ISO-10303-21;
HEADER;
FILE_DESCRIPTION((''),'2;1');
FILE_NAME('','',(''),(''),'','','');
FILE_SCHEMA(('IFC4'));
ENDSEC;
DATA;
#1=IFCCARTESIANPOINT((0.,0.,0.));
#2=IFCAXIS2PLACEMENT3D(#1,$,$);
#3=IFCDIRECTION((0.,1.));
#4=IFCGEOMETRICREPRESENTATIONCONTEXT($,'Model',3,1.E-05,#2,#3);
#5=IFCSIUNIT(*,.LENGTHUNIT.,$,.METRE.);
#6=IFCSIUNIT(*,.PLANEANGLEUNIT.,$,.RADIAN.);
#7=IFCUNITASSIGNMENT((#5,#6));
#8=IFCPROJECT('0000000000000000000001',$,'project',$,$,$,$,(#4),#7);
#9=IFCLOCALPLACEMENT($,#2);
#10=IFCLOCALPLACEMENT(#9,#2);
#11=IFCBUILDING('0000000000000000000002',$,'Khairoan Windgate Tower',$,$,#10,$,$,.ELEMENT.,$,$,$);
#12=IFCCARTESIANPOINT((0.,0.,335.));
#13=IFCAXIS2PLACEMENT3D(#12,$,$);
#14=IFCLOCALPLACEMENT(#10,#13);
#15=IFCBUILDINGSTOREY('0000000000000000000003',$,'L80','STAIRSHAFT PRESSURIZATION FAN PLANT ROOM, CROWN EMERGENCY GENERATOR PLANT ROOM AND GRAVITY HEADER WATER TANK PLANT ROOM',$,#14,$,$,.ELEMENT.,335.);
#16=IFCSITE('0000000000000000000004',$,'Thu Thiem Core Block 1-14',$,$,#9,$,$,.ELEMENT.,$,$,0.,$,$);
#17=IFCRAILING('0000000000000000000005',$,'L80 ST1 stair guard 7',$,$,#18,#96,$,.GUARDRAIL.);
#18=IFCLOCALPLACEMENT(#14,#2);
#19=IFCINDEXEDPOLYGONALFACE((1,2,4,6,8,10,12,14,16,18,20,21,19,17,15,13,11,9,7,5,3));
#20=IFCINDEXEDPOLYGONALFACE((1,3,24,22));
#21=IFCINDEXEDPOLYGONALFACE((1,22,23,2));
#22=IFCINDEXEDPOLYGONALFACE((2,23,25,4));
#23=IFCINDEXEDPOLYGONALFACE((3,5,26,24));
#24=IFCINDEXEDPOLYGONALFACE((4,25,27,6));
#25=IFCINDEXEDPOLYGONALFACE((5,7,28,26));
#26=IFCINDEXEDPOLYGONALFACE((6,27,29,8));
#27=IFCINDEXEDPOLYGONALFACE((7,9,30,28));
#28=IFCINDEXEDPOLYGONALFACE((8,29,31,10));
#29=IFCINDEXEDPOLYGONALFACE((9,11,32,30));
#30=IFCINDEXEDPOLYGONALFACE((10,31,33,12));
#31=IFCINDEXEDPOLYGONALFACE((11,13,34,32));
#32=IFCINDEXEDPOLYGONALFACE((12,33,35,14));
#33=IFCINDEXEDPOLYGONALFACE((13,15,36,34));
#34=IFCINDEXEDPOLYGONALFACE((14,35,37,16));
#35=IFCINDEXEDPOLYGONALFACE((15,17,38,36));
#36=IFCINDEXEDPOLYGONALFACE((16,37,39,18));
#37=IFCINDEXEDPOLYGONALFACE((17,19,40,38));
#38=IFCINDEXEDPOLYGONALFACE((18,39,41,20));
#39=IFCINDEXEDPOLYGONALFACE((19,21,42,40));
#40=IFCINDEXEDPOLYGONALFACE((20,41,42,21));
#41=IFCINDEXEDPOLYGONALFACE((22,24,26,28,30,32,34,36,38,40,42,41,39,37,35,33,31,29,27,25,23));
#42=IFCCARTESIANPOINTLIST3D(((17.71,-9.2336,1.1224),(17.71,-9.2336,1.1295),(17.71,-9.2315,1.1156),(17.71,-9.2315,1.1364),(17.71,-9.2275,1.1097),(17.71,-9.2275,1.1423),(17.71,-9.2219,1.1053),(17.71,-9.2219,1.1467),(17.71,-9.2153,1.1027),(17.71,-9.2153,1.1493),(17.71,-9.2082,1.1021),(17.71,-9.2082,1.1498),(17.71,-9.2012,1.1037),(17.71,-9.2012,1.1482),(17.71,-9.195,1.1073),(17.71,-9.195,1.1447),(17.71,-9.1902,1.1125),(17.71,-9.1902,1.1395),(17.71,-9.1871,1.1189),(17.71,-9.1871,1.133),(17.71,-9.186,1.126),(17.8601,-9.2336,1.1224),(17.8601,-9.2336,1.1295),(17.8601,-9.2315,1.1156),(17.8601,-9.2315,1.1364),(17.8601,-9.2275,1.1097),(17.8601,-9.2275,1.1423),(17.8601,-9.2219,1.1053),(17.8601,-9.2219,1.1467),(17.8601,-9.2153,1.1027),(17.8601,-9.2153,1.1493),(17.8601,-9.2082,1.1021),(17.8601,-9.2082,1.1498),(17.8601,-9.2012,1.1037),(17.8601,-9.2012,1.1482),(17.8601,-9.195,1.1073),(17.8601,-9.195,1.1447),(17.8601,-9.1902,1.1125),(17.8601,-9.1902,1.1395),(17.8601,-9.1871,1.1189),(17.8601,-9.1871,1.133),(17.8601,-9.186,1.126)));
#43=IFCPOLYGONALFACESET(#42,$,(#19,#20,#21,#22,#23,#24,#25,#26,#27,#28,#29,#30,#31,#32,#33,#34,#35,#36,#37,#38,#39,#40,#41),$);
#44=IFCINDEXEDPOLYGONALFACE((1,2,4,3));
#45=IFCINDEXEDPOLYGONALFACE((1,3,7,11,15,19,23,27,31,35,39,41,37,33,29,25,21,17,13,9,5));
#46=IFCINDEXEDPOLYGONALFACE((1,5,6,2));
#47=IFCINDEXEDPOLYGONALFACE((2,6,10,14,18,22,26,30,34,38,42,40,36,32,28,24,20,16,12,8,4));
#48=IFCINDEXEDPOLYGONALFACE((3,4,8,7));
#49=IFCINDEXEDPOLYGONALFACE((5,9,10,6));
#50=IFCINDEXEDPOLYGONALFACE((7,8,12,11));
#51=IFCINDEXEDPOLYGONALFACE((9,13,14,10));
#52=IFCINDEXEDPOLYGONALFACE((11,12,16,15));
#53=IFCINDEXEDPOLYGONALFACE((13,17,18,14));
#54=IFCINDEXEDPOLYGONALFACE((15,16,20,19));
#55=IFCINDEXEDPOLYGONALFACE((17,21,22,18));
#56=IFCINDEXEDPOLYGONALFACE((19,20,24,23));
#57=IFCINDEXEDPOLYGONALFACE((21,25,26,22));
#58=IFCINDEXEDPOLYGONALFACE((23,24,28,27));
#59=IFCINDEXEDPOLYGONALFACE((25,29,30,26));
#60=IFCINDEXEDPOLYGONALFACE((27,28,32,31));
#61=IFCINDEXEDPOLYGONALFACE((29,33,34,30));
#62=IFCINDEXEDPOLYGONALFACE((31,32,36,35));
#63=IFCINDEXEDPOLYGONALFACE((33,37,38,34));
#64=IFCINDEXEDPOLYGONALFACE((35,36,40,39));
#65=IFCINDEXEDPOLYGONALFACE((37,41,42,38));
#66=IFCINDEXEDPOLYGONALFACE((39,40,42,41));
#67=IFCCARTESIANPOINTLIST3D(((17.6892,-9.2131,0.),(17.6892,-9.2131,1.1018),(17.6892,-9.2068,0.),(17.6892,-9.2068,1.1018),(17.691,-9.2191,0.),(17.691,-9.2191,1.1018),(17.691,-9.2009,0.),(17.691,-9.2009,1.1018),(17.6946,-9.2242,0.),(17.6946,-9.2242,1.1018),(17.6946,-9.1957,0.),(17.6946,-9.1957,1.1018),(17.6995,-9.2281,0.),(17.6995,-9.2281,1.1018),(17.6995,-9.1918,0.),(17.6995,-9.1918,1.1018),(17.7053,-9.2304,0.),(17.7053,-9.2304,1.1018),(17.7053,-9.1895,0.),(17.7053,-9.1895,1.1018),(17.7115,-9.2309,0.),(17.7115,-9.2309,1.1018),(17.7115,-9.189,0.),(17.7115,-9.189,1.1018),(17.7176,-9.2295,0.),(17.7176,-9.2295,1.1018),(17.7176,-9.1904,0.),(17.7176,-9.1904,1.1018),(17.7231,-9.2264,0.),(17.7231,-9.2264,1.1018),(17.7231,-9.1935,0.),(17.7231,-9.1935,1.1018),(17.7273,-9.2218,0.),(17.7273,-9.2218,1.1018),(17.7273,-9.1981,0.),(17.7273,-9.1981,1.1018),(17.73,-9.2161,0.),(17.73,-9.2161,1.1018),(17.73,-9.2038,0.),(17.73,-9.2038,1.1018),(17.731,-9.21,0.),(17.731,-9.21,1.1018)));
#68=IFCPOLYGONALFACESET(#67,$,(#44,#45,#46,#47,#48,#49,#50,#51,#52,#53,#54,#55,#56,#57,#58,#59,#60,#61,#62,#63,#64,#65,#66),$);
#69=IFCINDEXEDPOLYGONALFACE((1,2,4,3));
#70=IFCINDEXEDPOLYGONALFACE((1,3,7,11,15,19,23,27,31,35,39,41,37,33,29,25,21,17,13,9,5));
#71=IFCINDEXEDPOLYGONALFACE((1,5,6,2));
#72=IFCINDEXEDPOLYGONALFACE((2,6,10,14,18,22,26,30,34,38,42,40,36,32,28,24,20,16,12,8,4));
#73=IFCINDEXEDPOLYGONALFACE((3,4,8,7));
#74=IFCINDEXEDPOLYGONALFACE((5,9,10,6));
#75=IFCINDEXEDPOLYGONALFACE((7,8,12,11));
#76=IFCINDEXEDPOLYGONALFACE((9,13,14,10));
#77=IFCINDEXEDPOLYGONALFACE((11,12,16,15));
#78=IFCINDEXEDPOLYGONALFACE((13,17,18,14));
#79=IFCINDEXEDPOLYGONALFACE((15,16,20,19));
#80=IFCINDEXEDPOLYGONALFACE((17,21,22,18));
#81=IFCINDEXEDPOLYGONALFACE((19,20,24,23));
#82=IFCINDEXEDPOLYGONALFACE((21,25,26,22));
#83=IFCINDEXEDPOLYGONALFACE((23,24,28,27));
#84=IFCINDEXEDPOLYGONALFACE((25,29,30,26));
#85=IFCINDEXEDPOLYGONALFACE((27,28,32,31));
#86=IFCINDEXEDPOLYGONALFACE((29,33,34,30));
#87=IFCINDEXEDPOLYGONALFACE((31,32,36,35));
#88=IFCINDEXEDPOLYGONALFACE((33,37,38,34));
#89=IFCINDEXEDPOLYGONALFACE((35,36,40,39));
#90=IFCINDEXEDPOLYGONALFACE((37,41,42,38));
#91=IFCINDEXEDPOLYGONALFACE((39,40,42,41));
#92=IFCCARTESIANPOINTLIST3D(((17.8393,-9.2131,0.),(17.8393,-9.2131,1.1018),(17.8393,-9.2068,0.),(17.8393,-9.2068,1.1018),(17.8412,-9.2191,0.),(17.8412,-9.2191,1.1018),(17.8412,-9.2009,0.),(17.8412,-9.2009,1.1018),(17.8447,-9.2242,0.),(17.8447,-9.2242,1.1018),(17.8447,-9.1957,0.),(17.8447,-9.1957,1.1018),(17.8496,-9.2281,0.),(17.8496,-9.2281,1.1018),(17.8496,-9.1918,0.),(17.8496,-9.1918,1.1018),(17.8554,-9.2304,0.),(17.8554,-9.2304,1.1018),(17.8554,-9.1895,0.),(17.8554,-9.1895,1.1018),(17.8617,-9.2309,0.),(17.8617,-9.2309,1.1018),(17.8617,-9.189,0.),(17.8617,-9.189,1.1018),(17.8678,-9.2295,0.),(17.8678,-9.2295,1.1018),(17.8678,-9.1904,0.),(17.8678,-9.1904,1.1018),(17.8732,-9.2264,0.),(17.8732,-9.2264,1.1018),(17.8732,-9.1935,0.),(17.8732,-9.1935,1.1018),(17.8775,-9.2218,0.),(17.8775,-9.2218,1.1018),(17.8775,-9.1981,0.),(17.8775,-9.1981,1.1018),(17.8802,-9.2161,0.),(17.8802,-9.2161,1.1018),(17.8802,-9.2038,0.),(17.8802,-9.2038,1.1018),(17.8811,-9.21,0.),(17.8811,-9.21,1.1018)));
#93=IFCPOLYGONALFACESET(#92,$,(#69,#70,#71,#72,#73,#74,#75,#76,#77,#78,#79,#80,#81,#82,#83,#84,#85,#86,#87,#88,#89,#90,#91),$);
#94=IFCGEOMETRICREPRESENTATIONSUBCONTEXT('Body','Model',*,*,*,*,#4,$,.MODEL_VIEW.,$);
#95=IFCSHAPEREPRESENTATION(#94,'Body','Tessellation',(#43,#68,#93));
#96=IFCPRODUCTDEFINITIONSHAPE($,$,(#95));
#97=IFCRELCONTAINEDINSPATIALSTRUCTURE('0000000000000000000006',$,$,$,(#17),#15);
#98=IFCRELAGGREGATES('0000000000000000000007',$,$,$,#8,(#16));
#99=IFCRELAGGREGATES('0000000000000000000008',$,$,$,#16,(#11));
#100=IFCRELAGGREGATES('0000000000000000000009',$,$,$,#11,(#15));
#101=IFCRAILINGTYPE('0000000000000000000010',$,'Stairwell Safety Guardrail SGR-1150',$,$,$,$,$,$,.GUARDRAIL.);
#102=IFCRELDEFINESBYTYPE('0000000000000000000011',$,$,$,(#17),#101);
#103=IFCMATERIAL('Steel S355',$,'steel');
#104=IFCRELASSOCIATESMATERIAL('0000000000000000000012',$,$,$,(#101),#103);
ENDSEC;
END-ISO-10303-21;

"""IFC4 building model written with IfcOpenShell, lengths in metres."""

from ifc_helpers import new_model, si_unit, direction, frame, origin, origin_2d, place, context, subcontext, project, spatial, circle, extrude, material, type_object, element, save


model = new_model("IFC4")

# Units and contexts
model_context = context("Model", 3, precision=1e-05, world=origin(), true_north=direction((0.0, 1.0)))
body_context = subcontext(model_context, "Body", "Model", "MODEL_VIEW")
ifc_project = project(units=[si_unit("LENGTHUNIT", "METRE"), si_unit("PLANEANGLEUNIT", "RADIAN")], contexts=[model_context])

# Site, building, storey
site_placement = place(None, origin())
site = spatial("IfcSite", under=ifc_project, at=site_placement, Name="Thu Thiem Core Block 1-14", CompositionType="ELEMENT", RefElevation=0.0)
building_placement = place(site_placement, origin())
building = spatial("IfcBuilding", under=site, at=building_placement, Name="Khairoan Windgate Tower", CompositionType="ELEMENT")
storey_placement = place(building_placement, frame((0.0, 0.0, 335.0)))
storey = spatial("IfcBuildingStorey", under=building, at=storey_placement, Name="L80", Description="STAIRSHAFT PRESSURIZATION FAN PLANT ROOM, CROWN EMERGENCY GENERATOR PLANT ROOM AND GRAVITY HEADER WATER TANK PLANT ROOM", CompositionType="ELEMENT", Elevation=335.0)

# Railing
ifc_material_1 = material(Name="Steel S355", Category="steel")
railing_type_1 = type_object("IfcRailingType", Name="Stairwell Safety Guardrail SGR-1150", PredefinedType="GUARDRAIL", material=ifc_material_1)
railing_1_placement = place(storey_placement, frame((17.71, -9.21, 0.0)))
element("IfcRailing", 1, at=railing_1_placement, inside=storey, type_object=railing_type_1, Name="L80 ST1 stair guard 7", PredefinedType="GUARDRAIL", context=body_context, shape_type="SweptSolid", body=[
    extrude(circle(Radius=0.0239, at=origin_2d()), frame((0.0, 0.0, 1.126), z_axis=(1.0, 0.0, 0.0), x_axis=(0.0, 1.0, 0.0)), (0.0, 0.0, 1.0), 0.1501),
    extrude(circle(Radius=0.021, at=origin_2d()), origin(), (0.0, 0.0, 1.0), 1.1018),
    extrude(circle(Radius=0.021, at=origin_2d()), frame((0.1501, 0.0, 0.0)), (0.0, 0.0, 1.0), 1.1018),
])

save(model, "model.ifc")
